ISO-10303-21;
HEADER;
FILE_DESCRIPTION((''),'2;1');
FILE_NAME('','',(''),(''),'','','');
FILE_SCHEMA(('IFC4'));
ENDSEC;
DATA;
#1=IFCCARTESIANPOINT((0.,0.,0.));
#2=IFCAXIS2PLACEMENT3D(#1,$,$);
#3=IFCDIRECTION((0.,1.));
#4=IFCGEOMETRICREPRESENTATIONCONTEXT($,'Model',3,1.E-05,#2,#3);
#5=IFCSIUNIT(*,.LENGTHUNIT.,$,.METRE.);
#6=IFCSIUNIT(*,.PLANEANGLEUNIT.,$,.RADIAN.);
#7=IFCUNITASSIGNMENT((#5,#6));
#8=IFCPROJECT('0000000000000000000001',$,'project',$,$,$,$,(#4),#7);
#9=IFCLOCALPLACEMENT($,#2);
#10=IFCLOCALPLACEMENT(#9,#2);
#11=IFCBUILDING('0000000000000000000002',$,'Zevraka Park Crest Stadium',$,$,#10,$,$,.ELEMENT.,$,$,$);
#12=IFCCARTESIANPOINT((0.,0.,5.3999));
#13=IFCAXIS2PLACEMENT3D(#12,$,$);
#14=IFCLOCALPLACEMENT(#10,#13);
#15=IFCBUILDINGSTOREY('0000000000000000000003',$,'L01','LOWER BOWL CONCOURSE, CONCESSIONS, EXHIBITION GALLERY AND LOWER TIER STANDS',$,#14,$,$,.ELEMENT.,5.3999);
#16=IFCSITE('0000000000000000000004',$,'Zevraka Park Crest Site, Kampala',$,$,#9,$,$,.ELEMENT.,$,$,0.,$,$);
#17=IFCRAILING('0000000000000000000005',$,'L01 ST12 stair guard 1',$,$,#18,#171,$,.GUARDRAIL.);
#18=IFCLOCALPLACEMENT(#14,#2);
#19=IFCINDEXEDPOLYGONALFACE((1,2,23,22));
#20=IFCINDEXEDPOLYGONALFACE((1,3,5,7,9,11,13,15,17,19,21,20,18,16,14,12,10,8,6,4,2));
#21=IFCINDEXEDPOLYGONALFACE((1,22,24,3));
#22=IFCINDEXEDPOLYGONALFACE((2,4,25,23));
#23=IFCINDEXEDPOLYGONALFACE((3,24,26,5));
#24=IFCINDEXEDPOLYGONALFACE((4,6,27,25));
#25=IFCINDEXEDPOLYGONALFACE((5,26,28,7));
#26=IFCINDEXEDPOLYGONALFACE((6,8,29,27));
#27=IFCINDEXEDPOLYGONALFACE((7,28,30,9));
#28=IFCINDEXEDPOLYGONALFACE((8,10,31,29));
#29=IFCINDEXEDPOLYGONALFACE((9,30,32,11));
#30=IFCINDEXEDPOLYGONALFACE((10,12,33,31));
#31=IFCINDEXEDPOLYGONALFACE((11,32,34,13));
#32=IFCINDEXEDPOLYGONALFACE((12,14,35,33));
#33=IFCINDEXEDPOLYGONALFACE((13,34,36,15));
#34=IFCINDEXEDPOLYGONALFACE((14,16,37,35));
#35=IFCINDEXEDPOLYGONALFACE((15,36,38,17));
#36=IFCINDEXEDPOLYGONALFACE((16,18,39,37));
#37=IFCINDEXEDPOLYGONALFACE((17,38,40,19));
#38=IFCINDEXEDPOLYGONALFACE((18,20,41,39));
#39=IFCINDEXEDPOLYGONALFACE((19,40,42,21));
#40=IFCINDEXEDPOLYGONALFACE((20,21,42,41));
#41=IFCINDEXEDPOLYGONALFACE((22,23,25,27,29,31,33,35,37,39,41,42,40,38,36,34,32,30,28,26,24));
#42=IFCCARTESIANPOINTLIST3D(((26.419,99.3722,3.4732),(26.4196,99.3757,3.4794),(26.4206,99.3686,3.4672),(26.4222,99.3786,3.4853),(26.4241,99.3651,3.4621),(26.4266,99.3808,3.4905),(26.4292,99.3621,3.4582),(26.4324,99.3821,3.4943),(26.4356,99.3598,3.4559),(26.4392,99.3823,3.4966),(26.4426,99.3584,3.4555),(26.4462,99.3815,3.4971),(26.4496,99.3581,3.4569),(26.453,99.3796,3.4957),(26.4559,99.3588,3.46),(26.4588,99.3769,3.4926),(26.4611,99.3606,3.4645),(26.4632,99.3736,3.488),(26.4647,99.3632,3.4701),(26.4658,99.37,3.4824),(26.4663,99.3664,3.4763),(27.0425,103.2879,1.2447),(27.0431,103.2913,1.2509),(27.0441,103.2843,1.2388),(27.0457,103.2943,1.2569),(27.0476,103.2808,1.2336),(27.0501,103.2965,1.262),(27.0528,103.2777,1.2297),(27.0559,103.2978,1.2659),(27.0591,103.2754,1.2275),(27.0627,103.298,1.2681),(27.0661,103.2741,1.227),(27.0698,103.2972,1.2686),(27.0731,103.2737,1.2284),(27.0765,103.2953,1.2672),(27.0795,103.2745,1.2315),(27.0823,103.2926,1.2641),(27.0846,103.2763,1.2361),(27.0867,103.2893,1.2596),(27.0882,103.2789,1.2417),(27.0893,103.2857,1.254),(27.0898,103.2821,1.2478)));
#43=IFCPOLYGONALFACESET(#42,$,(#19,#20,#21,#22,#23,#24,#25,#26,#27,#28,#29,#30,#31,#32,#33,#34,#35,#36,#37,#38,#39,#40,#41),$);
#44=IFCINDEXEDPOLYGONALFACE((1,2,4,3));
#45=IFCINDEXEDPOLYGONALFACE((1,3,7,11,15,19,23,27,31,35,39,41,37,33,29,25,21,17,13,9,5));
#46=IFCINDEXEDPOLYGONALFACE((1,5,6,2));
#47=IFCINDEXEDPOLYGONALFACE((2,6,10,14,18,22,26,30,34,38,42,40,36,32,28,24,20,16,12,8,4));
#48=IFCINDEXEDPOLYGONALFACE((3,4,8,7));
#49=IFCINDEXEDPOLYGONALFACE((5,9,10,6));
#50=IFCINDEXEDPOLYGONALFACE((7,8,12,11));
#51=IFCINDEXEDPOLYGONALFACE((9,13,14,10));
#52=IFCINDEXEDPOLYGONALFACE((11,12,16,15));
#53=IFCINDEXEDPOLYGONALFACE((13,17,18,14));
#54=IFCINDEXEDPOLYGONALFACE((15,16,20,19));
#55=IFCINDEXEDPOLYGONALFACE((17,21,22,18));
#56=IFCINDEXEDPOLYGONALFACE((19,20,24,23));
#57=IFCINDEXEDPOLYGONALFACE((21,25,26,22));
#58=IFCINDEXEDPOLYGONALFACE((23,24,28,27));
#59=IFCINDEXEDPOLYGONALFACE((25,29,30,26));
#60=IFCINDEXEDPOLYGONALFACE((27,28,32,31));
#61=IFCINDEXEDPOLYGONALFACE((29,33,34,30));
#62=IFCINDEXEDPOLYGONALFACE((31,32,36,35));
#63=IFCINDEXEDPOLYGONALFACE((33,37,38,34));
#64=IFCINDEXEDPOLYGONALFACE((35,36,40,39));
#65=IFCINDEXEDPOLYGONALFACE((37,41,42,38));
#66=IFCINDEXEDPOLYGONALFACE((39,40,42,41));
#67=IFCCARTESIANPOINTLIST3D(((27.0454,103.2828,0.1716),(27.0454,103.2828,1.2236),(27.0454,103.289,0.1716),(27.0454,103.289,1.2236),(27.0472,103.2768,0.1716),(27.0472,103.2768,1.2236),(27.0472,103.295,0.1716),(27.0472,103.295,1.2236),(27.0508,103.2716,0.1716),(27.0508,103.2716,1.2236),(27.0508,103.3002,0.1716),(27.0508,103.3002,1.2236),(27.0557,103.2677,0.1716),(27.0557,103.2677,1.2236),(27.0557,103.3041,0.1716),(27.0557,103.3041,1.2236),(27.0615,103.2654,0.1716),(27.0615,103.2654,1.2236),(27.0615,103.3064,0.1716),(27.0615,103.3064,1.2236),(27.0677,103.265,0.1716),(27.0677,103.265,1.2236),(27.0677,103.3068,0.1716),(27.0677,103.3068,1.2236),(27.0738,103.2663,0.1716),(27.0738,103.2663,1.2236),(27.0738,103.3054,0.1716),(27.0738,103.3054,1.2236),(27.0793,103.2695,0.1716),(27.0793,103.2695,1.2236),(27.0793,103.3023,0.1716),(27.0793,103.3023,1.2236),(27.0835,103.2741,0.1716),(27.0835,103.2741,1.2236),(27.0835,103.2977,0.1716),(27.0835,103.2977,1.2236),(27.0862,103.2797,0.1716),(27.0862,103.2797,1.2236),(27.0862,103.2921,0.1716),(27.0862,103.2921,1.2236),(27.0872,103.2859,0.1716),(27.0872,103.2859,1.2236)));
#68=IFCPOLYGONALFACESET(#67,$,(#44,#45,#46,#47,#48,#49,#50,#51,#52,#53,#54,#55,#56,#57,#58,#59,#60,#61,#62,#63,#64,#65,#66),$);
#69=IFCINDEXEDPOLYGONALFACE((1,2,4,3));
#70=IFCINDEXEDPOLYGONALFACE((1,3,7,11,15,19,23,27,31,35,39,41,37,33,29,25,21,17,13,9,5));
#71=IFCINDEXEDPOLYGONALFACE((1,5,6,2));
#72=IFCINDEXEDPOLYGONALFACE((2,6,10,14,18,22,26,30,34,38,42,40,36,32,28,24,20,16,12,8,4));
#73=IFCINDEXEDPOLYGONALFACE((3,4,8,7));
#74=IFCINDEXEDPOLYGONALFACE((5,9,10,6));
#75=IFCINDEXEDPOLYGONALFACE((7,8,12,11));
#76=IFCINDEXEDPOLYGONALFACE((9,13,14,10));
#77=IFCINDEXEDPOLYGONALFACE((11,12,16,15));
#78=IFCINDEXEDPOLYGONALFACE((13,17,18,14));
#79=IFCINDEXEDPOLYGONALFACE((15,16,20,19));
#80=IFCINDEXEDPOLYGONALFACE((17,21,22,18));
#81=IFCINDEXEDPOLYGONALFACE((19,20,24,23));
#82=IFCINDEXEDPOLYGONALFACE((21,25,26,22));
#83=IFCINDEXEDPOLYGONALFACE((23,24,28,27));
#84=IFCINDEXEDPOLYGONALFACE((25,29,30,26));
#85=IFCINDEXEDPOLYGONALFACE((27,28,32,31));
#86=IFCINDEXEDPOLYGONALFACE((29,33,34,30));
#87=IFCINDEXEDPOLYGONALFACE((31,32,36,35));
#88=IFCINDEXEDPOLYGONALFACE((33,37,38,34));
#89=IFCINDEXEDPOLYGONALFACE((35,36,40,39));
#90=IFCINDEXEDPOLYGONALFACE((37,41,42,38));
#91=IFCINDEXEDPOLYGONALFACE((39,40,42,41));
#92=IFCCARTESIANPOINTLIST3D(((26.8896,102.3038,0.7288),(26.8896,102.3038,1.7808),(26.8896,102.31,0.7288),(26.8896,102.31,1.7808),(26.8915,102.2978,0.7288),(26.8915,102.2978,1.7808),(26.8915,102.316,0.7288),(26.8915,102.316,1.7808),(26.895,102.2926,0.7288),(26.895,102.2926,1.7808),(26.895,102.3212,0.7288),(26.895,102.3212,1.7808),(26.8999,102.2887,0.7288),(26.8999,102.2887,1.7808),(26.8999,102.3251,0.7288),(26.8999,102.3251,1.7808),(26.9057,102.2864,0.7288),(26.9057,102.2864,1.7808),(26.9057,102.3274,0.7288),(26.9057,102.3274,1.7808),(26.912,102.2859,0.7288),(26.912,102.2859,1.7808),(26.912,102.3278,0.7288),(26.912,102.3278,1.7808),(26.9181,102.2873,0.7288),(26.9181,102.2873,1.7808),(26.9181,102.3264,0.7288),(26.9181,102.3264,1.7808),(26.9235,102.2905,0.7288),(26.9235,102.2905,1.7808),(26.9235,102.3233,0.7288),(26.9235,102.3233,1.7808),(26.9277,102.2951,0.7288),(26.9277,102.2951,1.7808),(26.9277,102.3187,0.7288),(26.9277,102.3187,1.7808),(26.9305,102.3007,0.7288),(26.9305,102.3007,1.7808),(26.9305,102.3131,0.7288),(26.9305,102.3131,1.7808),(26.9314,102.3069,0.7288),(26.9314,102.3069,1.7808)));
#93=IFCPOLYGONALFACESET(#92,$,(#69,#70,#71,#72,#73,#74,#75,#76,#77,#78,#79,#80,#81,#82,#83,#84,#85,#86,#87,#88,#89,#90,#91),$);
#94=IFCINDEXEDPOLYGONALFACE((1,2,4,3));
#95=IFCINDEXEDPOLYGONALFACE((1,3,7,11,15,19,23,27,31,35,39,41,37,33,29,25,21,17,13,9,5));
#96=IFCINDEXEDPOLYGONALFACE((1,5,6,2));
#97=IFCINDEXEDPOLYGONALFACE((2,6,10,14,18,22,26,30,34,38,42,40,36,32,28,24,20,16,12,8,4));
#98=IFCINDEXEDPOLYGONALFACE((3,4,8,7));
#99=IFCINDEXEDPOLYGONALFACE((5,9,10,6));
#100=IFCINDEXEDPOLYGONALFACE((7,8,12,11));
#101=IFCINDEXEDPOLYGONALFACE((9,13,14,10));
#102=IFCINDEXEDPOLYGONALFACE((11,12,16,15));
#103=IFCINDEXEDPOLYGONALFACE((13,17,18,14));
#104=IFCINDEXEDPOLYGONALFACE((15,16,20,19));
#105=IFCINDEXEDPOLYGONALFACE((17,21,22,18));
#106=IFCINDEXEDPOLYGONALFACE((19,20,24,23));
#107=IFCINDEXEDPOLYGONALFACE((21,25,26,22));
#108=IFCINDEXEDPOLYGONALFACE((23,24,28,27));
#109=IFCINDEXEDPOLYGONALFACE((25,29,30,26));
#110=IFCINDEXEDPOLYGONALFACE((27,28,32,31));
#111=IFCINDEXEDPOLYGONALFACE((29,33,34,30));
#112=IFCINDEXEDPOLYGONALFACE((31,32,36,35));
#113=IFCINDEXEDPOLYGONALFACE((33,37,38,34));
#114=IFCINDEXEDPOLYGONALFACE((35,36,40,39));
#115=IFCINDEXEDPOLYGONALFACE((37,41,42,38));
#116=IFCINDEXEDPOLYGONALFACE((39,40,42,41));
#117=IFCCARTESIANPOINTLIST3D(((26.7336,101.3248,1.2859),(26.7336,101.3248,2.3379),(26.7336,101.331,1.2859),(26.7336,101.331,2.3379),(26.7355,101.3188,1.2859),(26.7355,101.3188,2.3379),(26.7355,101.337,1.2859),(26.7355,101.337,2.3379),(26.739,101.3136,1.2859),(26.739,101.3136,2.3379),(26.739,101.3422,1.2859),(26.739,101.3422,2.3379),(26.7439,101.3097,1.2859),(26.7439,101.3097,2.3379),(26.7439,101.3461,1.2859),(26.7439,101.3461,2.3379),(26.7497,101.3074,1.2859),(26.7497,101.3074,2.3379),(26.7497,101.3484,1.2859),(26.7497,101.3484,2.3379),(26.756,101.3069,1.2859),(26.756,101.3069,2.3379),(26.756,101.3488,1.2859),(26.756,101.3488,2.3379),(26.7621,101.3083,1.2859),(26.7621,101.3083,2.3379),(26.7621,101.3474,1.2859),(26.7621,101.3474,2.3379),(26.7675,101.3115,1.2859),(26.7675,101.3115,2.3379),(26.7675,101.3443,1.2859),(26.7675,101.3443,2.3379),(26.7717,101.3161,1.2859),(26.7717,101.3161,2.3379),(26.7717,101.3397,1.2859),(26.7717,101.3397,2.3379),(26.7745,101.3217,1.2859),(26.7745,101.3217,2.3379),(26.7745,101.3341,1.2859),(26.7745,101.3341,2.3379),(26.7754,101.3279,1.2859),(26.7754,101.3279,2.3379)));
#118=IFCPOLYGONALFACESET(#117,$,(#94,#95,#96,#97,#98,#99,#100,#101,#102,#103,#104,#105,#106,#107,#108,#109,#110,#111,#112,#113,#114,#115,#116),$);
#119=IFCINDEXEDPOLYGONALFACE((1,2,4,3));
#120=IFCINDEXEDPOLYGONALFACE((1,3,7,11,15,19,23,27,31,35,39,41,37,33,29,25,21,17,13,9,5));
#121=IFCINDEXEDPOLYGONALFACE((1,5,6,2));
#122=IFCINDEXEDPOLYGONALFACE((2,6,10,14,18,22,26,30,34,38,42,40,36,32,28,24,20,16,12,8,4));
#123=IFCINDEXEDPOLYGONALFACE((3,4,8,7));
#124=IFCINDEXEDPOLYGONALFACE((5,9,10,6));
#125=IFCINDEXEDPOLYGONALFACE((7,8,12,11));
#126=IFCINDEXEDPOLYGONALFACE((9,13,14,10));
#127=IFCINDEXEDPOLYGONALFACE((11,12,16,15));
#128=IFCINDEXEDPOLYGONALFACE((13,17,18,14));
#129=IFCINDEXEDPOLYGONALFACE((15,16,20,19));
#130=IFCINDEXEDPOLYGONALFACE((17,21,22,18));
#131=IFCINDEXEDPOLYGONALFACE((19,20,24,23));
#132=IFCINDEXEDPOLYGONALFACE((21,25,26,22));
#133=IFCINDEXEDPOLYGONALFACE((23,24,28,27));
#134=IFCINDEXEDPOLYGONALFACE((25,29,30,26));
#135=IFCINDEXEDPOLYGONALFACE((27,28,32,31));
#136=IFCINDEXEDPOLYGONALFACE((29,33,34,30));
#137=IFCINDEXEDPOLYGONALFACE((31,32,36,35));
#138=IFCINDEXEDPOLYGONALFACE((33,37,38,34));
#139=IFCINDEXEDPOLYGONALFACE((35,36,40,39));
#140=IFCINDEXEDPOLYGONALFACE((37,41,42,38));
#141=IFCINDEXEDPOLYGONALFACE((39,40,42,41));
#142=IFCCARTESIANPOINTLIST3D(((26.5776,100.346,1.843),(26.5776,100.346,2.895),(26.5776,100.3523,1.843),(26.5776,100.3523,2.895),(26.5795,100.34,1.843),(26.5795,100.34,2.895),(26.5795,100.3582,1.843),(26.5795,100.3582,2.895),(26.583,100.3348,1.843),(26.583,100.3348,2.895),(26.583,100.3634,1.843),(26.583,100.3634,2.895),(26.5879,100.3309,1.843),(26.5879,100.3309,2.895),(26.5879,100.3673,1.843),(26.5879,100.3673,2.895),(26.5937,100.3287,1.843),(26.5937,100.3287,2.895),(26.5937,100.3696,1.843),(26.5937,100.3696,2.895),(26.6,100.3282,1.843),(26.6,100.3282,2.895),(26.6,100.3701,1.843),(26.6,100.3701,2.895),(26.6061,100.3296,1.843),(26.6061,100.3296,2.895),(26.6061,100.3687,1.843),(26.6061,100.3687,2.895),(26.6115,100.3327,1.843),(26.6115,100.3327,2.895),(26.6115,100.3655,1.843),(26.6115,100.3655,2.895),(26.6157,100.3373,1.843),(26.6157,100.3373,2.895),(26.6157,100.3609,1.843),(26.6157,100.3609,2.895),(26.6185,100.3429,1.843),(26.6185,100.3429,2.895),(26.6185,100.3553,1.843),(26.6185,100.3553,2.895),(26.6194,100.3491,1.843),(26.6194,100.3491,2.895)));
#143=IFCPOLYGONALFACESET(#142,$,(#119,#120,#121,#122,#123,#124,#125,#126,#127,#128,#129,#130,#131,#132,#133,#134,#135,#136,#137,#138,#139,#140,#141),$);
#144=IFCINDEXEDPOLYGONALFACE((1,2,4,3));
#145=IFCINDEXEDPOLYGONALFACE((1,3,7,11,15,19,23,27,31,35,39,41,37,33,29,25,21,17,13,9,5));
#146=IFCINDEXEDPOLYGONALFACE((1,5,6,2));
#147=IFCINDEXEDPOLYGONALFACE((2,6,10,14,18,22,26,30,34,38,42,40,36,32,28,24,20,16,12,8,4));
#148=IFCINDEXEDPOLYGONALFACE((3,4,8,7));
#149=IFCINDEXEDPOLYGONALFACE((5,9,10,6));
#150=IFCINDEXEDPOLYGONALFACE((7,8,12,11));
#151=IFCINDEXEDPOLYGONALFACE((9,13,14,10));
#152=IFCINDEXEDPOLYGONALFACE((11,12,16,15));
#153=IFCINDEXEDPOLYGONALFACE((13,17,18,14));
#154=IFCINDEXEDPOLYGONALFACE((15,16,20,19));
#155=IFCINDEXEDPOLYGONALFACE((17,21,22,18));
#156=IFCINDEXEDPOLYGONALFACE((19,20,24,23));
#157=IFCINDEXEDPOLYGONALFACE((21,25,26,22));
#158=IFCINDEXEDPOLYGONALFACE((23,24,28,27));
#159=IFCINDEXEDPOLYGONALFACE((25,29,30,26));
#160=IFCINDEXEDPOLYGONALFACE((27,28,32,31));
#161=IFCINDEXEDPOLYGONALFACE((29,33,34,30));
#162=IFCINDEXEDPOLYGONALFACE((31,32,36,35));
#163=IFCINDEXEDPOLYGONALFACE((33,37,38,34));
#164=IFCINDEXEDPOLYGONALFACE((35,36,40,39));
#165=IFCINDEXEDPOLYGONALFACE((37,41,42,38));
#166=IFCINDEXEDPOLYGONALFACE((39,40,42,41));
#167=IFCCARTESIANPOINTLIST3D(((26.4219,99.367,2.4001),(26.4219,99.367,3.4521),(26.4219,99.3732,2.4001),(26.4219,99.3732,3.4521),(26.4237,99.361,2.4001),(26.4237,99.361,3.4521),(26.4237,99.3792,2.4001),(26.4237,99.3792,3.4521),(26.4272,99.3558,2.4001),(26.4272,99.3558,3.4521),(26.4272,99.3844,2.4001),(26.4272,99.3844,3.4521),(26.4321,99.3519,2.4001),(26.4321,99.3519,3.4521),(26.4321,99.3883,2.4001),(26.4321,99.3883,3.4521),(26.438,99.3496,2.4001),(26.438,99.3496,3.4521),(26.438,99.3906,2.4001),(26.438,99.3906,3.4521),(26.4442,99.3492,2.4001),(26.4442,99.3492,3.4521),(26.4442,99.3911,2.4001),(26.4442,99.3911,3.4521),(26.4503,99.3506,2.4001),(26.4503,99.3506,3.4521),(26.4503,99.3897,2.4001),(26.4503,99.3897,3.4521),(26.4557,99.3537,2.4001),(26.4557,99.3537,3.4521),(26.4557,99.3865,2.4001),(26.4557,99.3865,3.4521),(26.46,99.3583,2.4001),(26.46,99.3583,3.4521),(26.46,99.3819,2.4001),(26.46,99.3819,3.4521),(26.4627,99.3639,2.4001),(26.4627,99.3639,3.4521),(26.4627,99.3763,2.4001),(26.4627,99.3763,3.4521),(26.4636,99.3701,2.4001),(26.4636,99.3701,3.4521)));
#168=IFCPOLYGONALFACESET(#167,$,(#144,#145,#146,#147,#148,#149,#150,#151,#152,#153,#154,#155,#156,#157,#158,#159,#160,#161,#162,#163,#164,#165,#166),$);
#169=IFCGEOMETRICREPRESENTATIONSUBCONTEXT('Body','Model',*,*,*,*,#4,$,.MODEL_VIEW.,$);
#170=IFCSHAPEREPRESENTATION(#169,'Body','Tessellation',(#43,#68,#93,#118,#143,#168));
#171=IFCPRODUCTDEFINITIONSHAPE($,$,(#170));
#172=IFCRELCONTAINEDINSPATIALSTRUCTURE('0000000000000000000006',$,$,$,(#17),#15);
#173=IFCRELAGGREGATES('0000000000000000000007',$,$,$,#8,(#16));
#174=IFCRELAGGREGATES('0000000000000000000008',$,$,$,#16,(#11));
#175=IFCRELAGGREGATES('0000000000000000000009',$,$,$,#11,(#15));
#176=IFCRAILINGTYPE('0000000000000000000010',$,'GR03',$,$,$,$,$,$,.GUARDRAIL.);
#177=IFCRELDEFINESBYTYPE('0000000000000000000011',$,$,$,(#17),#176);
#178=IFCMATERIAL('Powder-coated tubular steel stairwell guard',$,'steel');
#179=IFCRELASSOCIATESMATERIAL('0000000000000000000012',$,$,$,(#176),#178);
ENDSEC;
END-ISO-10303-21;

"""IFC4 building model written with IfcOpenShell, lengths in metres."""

from ifc_helpers import new_model, si_unit, direction, frame, origin, origin_2d, place, context, subcontext, project, spatial, circle, extrude, material, type_object, element, save


model = new_model("IFC4")

# Units and contexts
model_context = context("Model", 3, precision=1e-05, world=origin(), true_north=direction((0.0, 1.0)))
body_context = subcontext(model_context, "Body", "Model", "MODEL_VIEW")
ifc_project = project(units=[si_unit("LENGTHUNIT", "METRE"), si_unit("PLANEANGLEUNIT", "RADIAN")], contexts=[model_context])

# Site, building, storey
site_placement = place(None, origin())
site = spatial("IfcSite", under=ifc_project, at=site_placement, Name="Zevraka Park Crest Site, Kampala", CompositionType="ELEMENT", RefElevation=0.0)
building_placement = place(site_placement, origin())
building = spatial("IfcBuilding", under=site, at=building_placement, Name="Zevraka Park Crest Stadium", CompositionType="ELEMENT")
storey_placement = place(building_placement, frame((0.0, 0.0, 5.3999)))
storey = spatial("IfcBuildingStorey", under=building, at=storey_placement, Name="L01", Description="LOWER BOWL CONCOURSE, CONCESSIONS, EXHIBITION GALLERY AND LOWER TIER STANDS", CompositionType="ELEMENT", Elevation=5.3999)

# Railing
ifc_material_1 = material(Name="Powder-coated tubular steel stairwell guard", Category="steel")
railing_type_1 = type_object("IfcRailingType", Name="GR03", PredefinedType="GUARDRAIL", material=ifc_material_1)
railing_1_placement = place(storey_placement, frame((27.0662, 103.2859, 0.1716)))
element("IfcRailing", 1, at=railing_1_placement, inside=storey, type_object=railing_type_1, Name="L01 ST12 stair guard 1", PredefinedType="GUARDRAIL", context=body_context, shape_type="SweptSolid", body=[
    extrude(circle(Radius=0.0239, at=origin_2d()), frame((0.0, 0.0, 1.0762), z_axis=(-0.137088, -0.860903, 0.489951), x_axis=(0.987558, -0.157256, 0.0)), (0.0, 0.0, 1.0), 4.5483),
    extrude(circle(Radius=0.021, at=origin_2d()), origin(), (0.0, 0.0, 1.0), 1.052),
    extrude(circle(Radius=0.021, at=origin_2d()), frame((-0.1558, -0.979, 0.5571)), (0.0, 0.0, 1.0), 1.052),
    extrude(circle(Radius=0.021, at=origin_2d()), frame((-0.3118, -1.958, 1.1143)), (0.0, 0.0, 1.0), 1.052),
    extrude(circle(Radius=0.021, at=origin_2d()), frame((-0.4678, -2.9368, 1.6714)), (0.0, 0.0, 1.0), 1.052),
    extrude(circle(Radius=0.021, at=origin_2d()), frame((-0.6235, -3.9158, 2.2285)), (0.0, 0.0, 1.0), 1.052),
])

save(model, "model.ifc")
